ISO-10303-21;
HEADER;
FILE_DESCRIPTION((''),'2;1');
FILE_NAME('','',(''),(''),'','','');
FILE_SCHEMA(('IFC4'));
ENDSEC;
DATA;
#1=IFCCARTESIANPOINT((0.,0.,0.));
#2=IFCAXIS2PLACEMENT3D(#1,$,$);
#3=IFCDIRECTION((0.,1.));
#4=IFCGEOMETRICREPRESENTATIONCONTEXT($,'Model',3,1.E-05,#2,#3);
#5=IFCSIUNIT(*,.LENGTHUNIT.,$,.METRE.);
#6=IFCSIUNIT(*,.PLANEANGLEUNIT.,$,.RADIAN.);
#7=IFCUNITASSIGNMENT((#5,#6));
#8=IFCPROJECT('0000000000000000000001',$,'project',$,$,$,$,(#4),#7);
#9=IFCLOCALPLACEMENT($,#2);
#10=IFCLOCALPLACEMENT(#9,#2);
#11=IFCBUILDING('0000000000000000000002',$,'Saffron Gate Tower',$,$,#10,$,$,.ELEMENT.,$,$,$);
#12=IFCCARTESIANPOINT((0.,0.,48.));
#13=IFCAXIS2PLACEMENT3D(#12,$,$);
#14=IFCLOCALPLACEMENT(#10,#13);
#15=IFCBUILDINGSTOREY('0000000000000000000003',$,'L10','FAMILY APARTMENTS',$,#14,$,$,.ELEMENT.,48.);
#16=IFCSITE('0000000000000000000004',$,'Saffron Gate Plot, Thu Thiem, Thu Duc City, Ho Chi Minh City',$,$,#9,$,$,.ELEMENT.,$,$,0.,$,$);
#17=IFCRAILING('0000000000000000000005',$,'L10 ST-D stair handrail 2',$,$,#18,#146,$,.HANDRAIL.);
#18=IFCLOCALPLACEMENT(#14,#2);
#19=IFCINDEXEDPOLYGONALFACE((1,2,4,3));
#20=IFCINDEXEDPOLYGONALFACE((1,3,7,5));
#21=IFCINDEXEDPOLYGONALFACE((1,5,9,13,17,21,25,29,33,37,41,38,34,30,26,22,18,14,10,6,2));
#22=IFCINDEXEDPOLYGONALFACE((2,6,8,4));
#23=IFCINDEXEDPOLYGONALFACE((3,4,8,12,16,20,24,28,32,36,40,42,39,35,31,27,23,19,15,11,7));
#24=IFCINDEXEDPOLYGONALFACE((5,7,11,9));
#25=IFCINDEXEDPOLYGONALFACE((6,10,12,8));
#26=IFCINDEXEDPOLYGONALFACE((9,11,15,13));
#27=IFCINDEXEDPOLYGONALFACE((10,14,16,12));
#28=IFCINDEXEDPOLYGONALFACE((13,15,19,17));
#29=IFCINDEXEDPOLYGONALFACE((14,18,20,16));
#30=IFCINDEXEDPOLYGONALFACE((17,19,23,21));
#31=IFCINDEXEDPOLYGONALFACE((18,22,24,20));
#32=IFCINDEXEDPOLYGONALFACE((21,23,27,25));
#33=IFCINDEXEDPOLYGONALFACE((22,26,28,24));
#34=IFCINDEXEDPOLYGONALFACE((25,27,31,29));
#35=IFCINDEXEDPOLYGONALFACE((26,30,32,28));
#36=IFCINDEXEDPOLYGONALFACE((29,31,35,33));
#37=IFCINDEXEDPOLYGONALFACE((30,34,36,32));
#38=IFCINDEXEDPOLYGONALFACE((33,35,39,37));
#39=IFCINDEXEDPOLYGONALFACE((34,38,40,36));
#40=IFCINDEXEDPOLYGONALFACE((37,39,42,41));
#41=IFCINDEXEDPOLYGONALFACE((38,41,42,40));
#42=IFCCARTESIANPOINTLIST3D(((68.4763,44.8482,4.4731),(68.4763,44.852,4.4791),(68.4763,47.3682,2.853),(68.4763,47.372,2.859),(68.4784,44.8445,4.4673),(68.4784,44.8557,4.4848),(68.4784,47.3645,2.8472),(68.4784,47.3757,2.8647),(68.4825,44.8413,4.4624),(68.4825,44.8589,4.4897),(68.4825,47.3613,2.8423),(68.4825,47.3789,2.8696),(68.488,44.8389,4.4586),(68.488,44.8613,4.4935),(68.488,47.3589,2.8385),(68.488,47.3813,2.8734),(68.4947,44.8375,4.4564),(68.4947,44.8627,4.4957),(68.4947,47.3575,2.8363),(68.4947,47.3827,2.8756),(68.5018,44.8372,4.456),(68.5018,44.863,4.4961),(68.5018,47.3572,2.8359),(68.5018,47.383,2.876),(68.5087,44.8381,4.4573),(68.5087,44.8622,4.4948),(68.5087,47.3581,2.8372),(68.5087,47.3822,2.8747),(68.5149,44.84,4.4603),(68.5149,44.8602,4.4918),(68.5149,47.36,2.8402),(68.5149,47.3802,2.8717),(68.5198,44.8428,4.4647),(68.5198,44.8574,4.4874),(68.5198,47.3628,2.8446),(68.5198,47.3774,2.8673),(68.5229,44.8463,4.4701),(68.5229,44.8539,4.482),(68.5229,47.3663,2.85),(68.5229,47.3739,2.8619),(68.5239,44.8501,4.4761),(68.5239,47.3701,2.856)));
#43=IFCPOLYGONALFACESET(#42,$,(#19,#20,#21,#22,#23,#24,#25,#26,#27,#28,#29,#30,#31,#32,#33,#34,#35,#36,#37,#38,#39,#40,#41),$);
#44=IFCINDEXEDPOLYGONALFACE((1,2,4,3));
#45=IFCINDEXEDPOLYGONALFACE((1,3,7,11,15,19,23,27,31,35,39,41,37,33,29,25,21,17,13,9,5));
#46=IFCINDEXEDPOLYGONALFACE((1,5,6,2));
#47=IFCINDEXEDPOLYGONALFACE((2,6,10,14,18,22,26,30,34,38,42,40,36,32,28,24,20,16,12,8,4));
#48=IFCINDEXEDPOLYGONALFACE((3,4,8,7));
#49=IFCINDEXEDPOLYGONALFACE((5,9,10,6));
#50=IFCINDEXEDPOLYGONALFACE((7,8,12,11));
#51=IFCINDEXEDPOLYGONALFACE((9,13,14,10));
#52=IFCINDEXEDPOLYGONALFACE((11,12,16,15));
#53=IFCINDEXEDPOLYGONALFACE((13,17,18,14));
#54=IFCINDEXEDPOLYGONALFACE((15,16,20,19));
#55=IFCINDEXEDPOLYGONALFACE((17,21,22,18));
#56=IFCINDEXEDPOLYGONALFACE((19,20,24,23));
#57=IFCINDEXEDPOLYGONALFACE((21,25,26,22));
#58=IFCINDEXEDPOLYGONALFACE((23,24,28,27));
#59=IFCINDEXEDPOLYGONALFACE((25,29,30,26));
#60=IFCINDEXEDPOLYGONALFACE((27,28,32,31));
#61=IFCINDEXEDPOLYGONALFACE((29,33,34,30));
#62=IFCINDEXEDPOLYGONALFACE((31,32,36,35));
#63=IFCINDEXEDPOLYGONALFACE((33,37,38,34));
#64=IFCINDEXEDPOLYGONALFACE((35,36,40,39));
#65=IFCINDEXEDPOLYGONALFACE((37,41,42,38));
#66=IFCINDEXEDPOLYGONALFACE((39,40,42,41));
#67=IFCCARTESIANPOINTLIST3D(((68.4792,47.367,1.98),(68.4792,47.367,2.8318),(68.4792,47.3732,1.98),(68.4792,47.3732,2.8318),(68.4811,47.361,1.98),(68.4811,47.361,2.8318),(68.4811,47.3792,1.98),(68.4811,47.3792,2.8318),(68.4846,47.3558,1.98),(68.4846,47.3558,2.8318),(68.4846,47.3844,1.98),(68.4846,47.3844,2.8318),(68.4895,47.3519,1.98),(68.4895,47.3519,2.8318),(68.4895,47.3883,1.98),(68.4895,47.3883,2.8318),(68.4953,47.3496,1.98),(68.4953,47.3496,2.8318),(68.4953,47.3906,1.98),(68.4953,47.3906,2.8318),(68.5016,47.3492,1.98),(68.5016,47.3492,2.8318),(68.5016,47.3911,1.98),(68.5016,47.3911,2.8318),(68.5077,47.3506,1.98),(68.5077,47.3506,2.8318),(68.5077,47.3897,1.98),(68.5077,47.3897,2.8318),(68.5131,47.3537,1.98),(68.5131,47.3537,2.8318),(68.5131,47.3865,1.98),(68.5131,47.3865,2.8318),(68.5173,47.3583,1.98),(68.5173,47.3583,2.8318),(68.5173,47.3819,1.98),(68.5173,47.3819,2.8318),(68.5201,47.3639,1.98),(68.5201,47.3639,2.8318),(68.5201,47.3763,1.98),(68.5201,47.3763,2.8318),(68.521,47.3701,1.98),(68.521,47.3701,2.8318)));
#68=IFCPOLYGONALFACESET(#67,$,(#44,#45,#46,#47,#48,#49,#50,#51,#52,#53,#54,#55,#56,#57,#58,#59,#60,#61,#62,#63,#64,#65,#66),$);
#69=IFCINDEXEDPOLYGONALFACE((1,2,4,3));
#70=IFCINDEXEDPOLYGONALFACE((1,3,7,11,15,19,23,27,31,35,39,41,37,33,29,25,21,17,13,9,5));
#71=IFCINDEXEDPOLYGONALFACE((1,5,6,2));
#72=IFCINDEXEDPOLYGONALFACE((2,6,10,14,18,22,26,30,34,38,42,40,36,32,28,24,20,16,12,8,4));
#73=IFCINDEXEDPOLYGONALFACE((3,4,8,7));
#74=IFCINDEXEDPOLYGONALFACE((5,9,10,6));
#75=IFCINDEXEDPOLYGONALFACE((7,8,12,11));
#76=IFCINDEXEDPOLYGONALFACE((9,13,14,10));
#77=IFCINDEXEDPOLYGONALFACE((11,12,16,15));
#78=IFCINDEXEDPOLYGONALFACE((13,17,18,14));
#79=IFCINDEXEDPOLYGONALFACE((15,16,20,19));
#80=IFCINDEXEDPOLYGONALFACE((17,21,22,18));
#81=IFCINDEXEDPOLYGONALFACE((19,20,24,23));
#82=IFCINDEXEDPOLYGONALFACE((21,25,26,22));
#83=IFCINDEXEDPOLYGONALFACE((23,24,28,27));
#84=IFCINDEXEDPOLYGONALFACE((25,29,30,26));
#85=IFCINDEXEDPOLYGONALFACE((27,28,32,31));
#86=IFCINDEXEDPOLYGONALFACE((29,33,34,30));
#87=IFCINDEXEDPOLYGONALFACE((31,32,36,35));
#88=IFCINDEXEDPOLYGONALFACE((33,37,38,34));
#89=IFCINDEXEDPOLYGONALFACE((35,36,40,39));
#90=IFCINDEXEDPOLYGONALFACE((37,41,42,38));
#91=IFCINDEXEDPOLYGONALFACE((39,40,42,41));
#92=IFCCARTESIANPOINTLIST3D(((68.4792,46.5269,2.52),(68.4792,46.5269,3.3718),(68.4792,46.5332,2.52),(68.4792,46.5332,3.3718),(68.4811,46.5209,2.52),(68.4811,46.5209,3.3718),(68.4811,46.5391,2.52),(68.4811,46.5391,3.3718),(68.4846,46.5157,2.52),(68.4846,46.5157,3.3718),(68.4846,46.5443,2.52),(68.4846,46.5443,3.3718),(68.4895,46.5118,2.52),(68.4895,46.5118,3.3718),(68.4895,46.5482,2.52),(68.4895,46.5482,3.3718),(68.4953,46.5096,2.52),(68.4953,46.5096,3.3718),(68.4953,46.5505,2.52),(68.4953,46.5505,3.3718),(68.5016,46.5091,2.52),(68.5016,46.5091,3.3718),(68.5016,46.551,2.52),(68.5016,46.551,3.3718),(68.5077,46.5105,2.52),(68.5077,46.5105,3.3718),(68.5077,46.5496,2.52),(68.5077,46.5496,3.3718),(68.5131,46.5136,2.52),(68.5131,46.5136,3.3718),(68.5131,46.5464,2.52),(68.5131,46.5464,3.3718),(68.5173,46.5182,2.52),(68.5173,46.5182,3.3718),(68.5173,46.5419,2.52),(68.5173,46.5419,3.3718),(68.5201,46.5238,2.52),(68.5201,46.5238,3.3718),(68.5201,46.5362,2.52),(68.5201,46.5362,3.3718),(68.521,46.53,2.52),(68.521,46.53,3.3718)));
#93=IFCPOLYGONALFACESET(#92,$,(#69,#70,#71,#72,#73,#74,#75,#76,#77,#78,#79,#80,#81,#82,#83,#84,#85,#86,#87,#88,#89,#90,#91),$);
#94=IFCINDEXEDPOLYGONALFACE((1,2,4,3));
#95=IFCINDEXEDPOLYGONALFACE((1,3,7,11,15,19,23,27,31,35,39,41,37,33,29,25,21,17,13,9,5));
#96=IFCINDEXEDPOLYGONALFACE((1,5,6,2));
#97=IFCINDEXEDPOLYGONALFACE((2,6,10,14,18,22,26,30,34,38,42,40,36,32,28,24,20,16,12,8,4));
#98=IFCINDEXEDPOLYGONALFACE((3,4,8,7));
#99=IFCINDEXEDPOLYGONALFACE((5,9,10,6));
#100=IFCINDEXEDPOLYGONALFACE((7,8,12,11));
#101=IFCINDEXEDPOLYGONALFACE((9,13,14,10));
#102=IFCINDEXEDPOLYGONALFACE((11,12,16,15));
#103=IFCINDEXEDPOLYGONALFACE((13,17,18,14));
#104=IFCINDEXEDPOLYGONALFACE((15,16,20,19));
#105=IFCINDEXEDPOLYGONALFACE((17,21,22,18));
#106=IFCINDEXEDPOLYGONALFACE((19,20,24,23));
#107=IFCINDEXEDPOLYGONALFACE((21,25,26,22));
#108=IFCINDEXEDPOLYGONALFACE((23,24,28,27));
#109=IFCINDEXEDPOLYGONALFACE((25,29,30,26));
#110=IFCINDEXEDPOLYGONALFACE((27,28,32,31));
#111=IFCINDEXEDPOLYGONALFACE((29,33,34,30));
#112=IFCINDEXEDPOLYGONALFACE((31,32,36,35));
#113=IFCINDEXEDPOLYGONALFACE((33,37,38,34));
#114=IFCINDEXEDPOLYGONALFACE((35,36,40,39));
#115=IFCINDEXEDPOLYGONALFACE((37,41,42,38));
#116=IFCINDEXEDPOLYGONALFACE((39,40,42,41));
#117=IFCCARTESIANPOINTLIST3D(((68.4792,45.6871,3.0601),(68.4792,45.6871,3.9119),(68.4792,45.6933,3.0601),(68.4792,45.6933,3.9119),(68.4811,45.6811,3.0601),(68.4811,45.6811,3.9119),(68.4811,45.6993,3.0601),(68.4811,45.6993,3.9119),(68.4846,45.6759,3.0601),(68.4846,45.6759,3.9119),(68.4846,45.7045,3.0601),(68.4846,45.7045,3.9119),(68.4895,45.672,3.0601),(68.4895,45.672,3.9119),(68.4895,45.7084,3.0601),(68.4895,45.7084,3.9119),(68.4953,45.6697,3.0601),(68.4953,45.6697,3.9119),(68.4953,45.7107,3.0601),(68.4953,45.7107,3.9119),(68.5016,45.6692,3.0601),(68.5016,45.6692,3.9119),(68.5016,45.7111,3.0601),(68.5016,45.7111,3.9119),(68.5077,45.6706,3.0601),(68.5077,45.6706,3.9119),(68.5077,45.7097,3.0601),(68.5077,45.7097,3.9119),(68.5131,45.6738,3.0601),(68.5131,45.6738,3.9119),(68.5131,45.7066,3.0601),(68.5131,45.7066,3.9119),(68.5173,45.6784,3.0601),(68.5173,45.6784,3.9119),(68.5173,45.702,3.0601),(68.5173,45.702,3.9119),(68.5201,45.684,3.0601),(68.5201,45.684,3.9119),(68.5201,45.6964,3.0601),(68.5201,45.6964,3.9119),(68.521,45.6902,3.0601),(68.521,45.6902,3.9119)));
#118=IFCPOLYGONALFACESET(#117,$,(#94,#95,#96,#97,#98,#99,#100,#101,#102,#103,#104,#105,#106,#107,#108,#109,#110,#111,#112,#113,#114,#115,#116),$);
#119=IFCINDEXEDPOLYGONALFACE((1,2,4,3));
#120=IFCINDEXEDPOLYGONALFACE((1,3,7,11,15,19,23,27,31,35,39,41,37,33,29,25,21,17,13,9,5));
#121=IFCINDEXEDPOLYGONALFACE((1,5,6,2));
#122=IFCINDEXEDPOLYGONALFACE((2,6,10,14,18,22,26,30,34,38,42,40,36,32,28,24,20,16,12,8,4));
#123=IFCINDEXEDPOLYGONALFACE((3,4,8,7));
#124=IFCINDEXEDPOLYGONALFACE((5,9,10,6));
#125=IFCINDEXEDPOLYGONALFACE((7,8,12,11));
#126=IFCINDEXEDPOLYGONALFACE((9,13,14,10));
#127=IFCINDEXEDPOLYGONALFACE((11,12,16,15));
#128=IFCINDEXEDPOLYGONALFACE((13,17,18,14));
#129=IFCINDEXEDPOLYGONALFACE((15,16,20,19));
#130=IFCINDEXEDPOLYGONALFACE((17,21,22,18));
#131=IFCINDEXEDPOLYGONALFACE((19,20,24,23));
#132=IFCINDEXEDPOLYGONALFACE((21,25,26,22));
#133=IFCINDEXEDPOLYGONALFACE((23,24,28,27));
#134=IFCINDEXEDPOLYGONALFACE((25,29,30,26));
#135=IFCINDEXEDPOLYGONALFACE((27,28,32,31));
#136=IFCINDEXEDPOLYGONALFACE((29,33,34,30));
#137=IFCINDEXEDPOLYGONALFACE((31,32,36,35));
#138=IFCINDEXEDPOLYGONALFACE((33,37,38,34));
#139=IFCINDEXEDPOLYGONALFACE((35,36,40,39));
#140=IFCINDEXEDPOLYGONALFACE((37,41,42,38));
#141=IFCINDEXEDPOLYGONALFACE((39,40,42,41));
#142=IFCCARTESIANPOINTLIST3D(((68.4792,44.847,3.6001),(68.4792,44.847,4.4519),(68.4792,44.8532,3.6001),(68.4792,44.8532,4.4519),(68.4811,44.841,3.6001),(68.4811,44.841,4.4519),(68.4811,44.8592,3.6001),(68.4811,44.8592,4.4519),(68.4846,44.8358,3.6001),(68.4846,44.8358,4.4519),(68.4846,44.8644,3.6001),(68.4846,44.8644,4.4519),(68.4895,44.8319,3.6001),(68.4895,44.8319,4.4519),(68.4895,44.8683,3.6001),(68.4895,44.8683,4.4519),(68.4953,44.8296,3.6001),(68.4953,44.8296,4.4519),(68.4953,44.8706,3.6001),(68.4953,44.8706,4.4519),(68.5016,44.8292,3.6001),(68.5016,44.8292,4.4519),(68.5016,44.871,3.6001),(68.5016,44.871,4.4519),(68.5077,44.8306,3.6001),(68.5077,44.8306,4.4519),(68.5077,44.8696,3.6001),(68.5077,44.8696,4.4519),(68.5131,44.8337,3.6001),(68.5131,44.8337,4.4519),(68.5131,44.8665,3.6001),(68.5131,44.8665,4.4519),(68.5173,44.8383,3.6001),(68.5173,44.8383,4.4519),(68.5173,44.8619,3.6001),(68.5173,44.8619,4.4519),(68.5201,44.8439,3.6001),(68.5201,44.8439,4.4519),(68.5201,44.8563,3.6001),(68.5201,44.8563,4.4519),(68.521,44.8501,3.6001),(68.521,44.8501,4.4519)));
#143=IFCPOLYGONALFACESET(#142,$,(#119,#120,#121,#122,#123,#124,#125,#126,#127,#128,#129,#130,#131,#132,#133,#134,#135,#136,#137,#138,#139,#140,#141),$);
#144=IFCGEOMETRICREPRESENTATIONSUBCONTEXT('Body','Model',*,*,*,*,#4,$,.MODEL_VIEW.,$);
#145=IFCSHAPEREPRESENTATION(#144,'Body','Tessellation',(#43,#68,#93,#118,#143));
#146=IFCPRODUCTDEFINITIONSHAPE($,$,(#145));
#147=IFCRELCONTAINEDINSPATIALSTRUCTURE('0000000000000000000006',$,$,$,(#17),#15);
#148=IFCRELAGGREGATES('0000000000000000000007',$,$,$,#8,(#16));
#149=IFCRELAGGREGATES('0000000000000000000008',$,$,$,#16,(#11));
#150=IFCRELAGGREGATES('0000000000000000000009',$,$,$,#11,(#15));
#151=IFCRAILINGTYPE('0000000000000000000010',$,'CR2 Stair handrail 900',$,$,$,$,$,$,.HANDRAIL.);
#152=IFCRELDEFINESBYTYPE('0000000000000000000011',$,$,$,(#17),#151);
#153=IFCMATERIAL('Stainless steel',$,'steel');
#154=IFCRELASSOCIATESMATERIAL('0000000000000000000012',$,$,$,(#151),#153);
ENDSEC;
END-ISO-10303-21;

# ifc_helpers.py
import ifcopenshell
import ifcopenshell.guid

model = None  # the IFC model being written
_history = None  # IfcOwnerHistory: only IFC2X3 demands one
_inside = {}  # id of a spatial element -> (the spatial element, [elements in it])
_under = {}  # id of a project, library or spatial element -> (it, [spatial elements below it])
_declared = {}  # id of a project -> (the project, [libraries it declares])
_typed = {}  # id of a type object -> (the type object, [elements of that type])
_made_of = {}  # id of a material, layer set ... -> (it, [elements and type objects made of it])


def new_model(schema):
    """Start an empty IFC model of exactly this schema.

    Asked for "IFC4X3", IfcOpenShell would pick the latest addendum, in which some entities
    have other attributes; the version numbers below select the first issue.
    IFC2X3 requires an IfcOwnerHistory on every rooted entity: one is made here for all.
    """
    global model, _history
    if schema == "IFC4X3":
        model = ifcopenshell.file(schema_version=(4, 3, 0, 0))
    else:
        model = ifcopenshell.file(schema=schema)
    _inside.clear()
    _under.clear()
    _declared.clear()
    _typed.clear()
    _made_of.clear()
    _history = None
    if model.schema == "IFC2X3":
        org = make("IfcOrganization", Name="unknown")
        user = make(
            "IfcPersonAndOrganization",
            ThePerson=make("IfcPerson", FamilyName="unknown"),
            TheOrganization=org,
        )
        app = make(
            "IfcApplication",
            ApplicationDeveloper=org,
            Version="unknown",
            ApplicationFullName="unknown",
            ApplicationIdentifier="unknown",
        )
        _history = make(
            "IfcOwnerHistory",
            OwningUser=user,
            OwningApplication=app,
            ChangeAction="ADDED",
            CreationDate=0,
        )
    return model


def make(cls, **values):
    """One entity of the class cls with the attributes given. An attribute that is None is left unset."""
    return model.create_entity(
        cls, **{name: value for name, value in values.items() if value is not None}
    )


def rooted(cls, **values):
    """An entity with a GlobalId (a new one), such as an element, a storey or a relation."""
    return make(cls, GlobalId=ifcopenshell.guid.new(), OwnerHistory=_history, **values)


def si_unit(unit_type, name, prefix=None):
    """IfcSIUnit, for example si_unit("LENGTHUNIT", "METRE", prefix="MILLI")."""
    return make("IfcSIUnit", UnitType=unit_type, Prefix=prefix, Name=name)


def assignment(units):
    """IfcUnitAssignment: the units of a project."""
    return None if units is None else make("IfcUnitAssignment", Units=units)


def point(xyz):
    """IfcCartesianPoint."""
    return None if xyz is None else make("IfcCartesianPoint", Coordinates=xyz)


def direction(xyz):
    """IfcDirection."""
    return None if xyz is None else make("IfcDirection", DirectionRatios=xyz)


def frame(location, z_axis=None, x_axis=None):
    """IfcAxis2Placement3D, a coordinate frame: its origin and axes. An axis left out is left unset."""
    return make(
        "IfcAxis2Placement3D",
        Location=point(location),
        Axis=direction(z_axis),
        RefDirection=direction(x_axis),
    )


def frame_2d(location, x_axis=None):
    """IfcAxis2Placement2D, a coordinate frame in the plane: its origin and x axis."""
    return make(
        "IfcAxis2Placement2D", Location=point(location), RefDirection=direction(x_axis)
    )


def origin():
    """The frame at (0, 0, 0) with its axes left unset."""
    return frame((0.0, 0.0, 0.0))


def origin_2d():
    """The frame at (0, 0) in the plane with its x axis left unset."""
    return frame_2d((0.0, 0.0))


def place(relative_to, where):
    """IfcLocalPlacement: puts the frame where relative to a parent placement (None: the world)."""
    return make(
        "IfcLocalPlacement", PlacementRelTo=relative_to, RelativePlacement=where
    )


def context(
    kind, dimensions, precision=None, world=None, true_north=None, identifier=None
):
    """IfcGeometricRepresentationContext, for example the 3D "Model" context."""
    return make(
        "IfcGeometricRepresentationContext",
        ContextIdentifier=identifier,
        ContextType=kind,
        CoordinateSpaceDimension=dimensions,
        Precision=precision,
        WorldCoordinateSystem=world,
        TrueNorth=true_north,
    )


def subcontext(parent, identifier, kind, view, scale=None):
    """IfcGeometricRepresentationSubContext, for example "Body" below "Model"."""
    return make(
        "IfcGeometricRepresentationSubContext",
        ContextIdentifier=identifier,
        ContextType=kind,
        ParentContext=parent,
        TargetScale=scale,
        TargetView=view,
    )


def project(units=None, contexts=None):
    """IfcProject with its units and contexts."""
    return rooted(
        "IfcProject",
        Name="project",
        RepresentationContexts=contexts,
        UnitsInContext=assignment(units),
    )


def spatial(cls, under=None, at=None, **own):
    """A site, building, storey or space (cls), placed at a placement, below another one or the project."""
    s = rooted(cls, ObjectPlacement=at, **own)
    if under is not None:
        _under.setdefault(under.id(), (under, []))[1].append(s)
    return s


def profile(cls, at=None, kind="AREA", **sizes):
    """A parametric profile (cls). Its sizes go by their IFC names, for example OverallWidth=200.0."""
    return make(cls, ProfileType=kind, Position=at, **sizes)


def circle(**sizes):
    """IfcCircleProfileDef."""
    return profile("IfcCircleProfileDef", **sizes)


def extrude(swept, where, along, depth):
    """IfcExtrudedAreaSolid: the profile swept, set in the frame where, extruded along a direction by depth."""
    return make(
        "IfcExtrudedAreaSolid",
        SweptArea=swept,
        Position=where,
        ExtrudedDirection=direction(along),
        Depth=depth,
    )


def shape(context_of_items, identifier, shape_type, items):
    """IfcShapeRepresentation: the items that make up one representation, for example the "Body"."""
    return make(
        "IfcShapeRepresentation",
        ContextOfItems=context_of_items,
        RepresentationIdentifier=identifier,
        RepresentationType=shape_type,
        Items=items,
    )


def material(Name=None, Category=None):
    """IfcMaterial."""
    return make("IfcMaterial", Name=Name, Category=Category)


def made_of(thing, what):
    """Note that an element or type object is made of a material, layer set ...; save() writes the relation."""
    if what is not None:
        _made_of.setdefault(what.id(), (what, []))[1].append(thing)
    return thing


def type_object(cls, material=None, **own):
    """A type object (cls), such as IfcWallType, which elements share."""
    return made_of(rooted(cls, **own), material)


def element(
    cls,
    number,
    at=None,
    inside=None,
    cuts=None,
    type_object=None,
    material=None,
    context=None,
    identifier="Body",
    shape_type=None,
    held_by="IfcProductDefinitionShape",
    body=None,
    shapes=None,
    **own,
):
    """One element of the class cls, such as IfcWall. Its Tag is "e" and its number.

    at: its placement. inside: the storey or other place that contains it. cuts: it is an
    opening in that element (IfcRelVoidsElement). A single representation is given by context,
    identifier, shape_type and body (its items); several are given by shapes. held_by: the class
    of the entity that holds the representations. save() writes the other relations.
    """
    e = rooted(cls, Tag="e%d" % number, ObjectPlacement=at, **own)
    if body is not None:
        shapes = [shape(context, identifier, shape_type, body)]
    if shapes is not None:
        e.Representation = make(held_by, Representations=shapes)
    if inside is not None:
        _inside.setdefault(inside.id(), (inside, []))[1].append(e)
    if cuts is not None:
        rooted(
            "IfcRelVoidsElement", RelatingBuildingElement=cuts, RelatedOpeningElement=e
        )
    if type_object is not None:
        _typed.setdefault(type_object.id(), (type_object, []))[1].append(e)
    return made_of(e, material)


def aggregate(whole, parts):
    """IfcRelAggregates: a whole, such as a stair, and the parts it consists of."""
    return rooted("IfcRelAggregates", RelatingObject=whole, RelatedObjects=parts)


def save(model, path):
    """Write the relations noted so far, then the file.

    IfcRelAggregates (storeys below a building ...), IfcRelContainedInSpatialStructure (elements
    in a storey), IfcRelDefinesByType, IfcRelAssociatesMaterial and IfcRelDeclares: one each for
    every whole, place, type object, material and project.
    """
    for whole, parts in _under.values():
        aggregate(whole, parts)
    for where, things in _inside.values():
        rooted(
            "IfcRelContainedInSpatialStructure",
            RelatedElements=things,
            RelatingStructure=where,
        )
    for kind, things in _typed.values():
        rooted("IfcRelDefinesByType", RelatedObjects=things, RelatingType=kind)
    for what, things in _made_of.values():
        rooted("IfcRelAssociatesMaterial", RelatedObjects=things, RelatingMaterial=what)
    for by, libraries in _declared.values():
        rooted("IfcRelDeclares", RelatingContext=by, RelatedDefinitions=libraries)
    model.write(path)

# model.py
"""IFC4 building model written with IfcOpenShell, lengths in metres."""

from ifc_helpers import new_model, si_unit, direction, frame, origin, origin_2d, place, context, subcontext, project, spatial, circle, extrude, material, type_object, element, save


model = new_model("IFC4")

# Units and contexts
model_context = context("Model", 3, precision=1e-05, world=origin(), true_north=direction((0.0, 1.0)))
body_context = subcontext(model_context, "Body", "Model", "MODEL_VIEW")
ifc_project = project(units=[si_unit("LENGTHUNIT", "METRE"), si_unit("PLANEANGLEUNIT", "RADIAN")], contexts=[model_context])

# Site, building, storey
site_placement = place(None, origin())
site = spatial("IfcSite", under=ifc_project, at=site_placement, Name="Saffron Gate Plot, Thu Thiem, Thu Duc City, Ho Chi Minh City", CompositionType="ELEMENT", RefElevation=0.0)
building_placement = place(site_placement, origin())
building = spatial("IfcBuilding", under=site, at=building_placement, Name="Saffron Gate Tower", CompositionType="ELEMENT")
storey_placement = place(building_placement, frame((0.0, 0.0, 48.0)))
storey = spatial("IfcBuildingStorey", under=building, at=storey_placement, Name="L10", Description="FAMILY APARTMENTS", CompositionType="ELEMENT", Elevation=48.0)

# Railing
ifc_material_1 = material(Name="Stainless steel", Category="steel")
railing_type_1 = type_object("IfcRailingType", Name="CR2 Stair handrail 900", PredefinedType="HANDRAIL", material=ifc_material_1)
railing_1_placement = place(storey_placement, frame((68.5, 47.3701, 1.98)))
element("IfcRailing", 1, at=railing_1_placement, inside=storey, type_object=railing_type_1, Name="L10 ST-D stair handrail 2", PredefinedType="HANDRAIL", context=body_context, shape_type="SweptSolid", body=[
    extrude(circle(Radius=0.0239, at=origin_2d()), frame((0.0, 0.0, 0.876), z_axis=(0.0, -0.841163, 0.540782), x_axis=(1.0, 0.0, 0.0)), (0.0, 0.0, 1.0), 2.9958),
    extrude(circle(Radius=0.021, at=origin_2d()), origin(), (0.0, 0.0, 1.0), 0.8518),
    extrude(circle(Radius=0.021, at=origin_2d()), frame((0.0, -0.8401, 0.54)), (0.0, 0.0, 1.0), 0.8518),
    extrude(circle(Radius=0.021, at=origin_2d()), frame((0.0, -1.6799, 1.0801)), (0.0, 0.0, 1.0), 0.8518),
    extrude(circle(Radius=0.021, at=origin_2d()), frame((0.0, -2.52, 1.6201)), (0.0, 0.0, 1.0), 0.8518),
])

save(model, "model.ifc")
